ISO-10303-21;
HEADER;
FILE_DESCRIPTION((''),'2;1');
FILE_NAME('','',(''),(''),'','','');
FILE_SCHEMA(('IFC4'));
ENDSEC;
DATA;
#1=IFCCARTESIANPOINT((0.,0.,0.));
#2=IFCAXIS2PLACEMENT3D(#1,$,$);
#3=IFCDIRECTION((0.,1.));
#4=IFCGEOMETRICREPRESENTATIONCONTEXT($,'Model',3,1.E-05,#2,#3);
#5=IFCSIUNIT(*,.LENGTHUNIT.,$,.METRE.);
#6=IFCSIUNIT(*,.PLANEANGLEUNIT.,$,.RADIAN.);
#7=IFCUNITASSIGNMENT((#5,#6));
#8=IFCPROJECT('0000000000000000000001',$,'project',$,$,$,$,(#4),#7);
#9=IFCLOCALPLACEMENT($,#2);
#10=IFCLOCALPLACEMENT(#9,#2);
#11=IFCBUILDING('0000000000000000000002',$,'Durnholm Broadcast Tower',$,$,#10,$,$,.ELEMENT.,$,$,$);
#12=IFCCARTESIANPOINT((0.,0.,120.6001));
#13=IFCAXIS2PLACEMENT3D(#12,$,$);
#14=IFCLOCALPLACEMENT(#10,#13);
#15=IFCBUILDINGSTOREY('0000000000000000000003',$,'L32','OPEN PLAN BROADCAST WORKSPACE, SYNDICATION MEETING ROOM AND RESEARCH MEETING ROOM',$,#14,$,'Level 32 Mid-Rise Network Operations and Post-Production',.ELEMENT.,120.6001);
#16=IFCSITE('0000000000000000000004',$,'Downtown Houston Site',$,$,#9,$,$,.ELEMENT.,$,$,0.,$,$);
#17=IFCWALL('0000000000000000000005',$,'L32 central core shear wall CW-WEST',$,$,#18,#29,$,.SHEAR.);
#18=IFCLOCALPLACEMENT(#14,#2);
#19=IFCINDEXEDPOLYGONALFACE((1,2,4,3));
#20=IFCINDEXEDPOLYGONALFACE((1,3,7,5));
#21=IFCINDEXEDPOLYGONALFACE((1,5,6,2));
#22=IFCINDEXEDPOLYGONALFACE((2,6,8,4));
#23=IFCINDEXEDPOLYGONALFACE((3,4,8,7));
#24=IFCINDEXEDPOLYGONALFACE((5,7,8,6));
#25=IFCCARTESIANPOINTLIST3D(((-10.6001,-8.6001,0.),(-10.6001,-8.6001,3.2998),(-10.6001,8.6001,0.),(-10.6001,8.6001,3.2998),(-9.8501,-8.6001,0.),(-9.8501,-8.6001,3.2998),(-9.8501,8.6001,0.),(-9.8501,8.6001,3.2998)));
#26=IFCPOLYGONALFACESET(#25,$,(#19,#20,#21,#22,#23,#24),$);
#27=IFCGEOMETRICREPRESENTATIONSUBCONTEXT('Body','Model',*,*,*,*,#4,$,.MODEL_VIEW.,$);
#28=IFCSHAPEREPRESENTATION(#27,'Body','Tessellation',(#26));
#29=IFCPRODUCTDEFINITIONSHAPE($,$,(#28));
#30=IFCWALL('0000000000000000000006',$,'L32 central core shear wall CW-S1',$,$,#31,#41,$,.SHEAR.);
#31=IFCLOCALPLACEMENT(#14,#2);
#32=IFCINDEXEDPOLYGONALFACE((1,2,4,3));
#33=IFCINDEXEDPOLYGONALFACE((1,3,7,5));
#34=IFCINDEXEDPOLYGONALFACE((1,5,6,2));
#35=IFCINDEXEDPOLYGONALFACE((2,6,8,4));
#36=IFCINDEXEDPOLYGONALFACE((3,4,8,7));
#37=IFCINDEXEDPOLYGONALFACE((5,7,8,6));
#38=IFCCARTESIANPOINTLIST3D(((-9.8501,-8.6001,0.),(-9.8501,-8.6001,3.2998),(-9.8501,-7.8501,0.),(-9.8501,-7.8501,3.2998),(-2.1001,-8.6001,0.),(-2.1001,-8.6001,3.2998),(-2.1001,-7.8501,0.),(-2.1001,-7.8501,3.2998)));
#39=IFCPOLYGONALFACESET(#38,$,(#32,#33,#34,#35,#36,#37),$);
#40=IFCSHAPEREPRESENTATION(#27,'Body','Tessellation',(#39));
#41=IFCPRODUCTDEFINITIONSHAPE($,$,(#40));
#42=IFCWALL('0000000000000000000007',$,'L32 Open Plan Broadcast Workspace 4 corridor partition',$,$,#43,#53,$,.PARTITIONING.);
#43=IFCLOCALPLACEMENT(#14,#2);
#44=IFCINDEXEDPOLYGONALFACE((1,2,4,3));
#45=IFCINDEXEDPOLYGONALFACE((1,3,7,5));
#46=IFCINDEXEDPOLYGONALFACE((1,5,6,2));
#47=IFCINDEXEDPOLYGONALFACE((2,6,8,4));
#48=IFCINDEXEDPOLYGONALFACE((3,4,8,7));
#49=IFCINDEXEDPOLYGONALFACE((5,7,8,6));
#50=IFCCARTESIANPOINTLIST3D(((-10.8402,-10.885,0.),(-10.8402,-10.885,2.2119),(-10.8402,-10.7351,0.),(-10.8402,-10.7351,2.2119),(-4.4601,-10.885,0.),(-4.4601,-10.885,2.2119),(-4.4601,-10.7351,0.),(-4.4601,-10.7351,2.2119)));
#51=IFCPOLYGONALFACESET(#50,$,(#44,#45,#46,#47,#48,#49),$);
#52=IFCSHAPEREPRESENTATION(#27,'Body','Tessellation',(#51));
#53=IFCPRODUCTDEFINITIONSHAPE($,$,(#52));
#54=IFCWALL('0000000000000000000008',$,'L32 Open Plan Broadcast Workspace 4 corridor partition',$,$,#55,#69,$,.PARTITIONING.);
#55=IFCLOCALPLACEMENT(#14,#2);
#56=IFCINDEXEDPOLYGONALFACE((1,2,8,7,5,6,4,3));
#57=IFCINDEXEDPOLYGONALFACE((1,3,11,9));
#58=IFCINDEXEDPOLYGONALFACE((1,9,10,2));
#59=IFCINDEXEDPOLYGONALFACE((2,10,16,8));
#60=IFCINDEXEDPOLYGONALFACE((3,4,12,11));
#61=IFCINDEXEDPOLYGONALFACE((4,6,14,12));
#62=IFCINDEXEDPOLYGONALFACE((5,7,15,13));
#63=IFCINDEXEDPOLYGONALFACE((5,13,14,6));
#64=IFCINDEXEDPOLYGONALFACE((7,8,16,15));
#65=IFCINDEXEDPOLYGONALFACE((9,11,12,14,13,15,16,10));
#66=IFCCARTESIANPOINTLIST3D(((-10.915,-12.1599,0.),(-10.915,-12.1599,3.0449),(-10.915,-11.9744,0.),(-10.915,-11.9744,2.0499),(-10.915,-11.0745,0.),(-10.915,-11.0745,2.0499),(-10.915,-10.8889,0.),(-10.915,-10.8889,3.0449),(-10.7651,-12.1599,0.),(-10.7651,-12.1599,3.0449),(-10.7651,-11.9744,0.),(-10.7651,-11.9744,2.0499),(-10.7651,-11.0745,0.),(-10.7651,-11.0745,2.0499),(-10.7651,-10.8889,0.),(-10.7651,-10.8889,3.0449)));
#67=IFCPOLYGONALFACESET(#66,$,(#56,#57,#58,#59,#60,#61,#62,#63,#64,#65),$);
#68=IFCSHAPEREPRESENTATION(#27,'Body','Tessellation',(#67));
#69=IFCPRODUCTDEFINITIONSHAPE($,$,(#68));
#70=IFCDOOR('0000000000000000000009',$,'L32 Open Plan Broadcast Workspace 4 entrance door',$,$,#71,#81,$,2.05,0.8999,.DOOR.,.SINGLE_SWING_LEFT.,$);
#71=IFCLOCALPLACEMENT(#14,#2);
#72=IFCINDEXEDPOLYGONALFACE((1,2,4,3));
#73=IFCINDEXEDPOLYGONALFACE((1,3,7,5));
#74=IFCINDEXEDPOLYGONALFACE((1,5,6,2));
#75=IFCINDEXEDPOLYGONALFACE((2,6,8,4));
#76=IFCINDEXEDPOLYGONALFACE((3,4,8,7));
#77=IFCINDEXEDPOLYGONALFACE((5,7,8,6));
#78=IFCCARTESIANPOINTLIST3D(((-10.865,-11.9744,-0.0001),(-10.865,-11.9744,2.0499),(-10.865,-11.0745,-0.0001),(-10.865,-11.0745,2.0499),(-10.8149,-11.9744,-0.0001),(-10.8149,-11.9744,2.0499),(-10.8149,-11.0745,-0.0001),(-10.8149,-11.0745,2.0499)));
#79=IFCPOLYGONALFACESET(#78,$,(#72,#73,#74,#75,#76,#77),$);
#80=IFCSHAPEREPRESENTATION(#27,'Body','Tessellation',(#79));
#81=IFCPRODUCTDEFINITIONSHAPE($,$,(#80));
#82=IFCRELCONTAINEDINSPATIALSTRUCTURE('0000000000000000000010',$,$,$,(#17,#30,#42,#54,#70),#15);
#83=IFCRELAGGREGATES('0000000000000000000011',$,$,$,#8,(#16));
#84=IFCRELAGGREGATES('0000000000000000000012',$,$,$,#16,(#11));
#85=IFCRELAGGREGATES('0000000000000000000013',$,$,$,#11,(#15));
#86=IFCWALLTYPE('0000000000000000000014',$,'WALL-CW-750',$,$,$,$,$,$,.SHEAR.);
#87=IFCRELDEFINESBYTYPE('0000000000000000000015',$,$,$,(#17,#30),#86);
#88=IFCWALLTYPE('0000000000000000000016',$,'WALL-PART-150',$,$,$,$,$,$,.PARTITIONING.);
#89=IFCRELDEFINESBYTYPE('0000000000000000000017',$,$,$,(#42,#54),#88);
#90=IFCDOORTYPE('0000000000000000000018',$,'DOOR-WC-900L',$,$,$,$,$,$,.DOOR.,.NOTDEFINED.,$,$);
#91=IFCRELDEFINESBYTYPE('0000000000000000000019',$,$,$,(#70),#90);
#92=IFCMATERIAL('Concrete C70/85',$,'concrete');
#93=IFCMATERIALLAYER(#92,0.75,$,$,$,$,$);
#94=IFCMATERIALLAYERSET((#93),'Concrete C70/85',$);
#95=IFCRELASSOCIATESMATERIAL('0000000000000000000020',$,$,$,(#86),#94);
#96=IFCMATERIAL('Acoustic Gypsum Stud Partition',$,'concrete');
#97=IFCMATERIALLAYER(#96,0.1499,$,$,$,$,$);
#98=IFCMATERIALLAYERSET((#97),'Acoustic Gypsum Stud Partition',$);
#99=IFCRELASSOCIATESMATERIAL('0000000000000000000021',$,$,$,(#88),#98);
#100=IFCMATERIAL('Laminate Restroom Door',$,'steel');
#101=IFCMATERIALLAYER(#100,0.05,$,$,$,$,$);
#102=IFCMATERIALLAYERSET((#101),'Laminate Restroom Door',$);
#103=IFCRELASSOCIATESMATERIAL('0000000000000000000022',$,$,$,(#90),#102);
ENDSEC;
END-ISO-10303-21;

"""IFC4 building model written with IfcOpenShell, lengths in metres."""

from ifc_helpers import new_model, si_unit, direction, frame, frame_2d, origin, place, context, subcontext, project, spatial, rectangle, extrude, source, transform, mapped, material, layer, layer_set, type_object, type_shapes, element, fill, save


model = new_model("IFC4")

# Units and contexts
model_context = context("Model", 3, precision=1e-05, world=origin(), true_north=direction((0.0, 1.0)))
body_context = subcontext(model_context, "Body", "Model", "MODEL_VIEW")
ifc_project = project(units=[si_unit("LENGTHUNIT", "METRE"), si_unit("PLANEANGLEUNIT", "RADIAN")], contexts=[model_context])

# Site, building, storey
site_placement = place(None, origin())
site = spatial("IfcSite", under=ifc_project, at=site_placement, Name="Downtown Houston Site", CompositionType="ELEMENT", RefElevation=0.0)
building_placement = place(site_placement, origin())
building = spatial("IfcBuilding", under=site, at=building_placement, Name="Durnholm Broadcast Tower", CompositionType="ELEMENT")
storey_placement = place(building_placement, frame((0.0, 0.0, 120.6001)))
storey = spatial("IfcBuildingStorey", under=building, at=storey_placement, Name="L32", Description="OPEN PLAN BROADCAST WORKSPACE, SYNDICATION MEETING ROOM AND RESEARCH MEETING ROOM", LongName="Level 32 Mid-Rise Network Operations and Post-Production", CompositionType="ELEMENT", Elevation=120.6001)

# Shared definitions
ifc_material_1 = material(Name="Concrete C70/85", Category="concrete")

# Walls
ifc_layer_1 = layer(ifc_material_1, 0.75)
ifc_layer_set_1 = layer_set([ifc_layer_1], Name="Concrete C70/85")
wall_type_1 = type_object("IfcWallType", Name="WALL-CW-750", PredefinedType="SHEAR", material=ifc_layer_set_1)
wall_1_placement = place(storey_placement, frame((-10.2251, -8.6001, 0.0), z_axis=(0.0, 0.0, 1.0), x_axis=(0.0, 1.0, 0.0)))
element("IfcWall", 1, at=wall_1_placement, inside=storey, type_object=wall_type_1, Name="L32 central core shear wall CW-WEST", PredefinedType="SHEAR", context=body_context, shape_type="SweptSolid", body=[
    extrude(rectangle(XDim=17.2002, YDim=0.75, at=frame_2d((8.6001, 0.0))), origin(), (0.0, 0.0, 1.0), 3.2998),
])
wall_2_placement = place(storey_placement, frame((-9.8501, -8.2251, 0.0), z_axis=(0.0, 0.0, 1.0), x_axis=(1.0, 0.0, 0.0)))
element("IfcWall", 2, at=wall_2_placement, inside=storey, type_object=wall_type_1, Name="L32 central core shear wall CW-S1", PredefinedType="SHEAR", context=body_context, shape_type="SweptSolid", body=[
    extrude(rectangle(XDim=7.75, YDim=0.75, at=frame_2d((3.875, 0.0))), origin(), (0.0, 0.0, 1.0), 3.2998),
])
ifc_material_2 = material(Name="Acoustic Gypsum Stud Partition", Category="concrete")
ifc_layer_2 = layer(ifc_material_2, 0.1499)
ifc_layer_set_2 = layer_set([ifc_layer_2], Name="Acoustic Gypsum Stud Partition")
wall_type_2 = type_object("IfcWallType", Name="WALL-PART-150", PredefinedType="PARTITIONING", material=ifc_layer_set_2)
wall_3_placement = place(storey_placement, frame((-10.8401, -10.8101, 0.0), z_axis=(0.0, 0.0, 1.0), x_axis=(1.0, 0.0, 0.0)))
element("IfcWall", 3, at=wall_3_placement, inside=storey, type_object=wall_type_2, Name="L32 Open Plan Broadcast Workspace 4 corridor partition", PredefinedType="PARTITIONING", context=body_context, shape_type="SweptSolid", body=[
    extrude(rectangle(XDim=6.3801, YDim=0.1499, at=frame_2d((3.1899, 0.0))), origin(), (0.0, 0.0, 1.0), 2.2119),
])

# Wall, opening, door
wall_4_placement = place(storey_placement, frame((-10.8401, -12.1599, 0.0), z_axis=(0.0, 0.0, 1.0), x_axis=(0.0, 1.0, 0.0)))
wall_4 = element("IfcWall", 4, at=wall_4_placement, inside=storey, type_object=wall_type_2, Name="L32 Open Plan Broadcast Workspace 4 corridor partition", PredefinedType="PARTITIONING", context=body_context, shape_type="SweptSolid", body=[
    extrude(rectangle(XDim=1.271, YDim=0.1499, at=frame_2d((0.6355, 0.0))), origin(), (0.0, 0.0, 1.0), 3.0449),
])
opening_placement = place(wall_4_placement, frame((0.1855, 0.0, 0.0)))
opening = element("IfcOpeningElement", 5, at=opening_placement, cuts=wall_4, PredefinedType="OPENING", context=body_context, shape_type="SweptSolid", body=[
    extrude(rectangle(XDim=0.8999, YDim=2.05, at=frame_2d((0.45, 1.0249))), frame((0.0, 0.085, 0.0), z_axis=(0.0, -1.0, 0.0), x_axis=(1.0, 0.0, 0.0)), (0.0, 0.0, 1.0), 0.1699),
])
ifc_material_3 = material(Name="Laminate Restroom Door", Category="steel")
ifc_layer_3 = layer(ifc_material_3, 0.05)
ifc_layer_set_3 = layer_set([ifc_layer_3], Name="Laminate Restroom Door")
door_type = type_object("IfcDoorType", Name="DOOR-WC-900L", OperationType="NOTDEFINED", PredefinedType="DOOR", material=ifc_layer_set_3)
shared_shape_1 = source(origin(), body_context, "Body", "SweptSolid", [
    extrude(rectangle(XDim=0.8999, YDim=2.05, at=frame_2d((0.45, 1.0249))), frame((0.0, 0.0249, 0.0), z_axis=(0.0, -1.0, 0.0), x_axis=(1.0, 0.0, 0.0)), (0.0, 0.0, 1.0), 0.05),
])
type_shapes(door_type, [shared_shape_1])
door_placement = place(opening_placement, origin())
door = element("IfcDoor", 6, at=door_placement, inside=storey, type_object=door_type, Name="L32 Open Plan Broadcast Workspace 4 entrance door", OperationType="SINGLE_SWING_LEFT", OverallHeight=2.05, OverallWidth=0.8999, PredefinedType="DOOR", context=body_context, shape_type="MappedRepresentation", body=[
    mapped(shared_shape_1, transform((0.0, 0.0, 0.0), x_axis=(1.0, 0.0, 0.0), y_axis=(0.0, 1.0, 0.0), z_axis=(0.0, 0.0, 1.0), scale=1.0)),
])
fill(opening, door)

save(model, "model.ifc")
